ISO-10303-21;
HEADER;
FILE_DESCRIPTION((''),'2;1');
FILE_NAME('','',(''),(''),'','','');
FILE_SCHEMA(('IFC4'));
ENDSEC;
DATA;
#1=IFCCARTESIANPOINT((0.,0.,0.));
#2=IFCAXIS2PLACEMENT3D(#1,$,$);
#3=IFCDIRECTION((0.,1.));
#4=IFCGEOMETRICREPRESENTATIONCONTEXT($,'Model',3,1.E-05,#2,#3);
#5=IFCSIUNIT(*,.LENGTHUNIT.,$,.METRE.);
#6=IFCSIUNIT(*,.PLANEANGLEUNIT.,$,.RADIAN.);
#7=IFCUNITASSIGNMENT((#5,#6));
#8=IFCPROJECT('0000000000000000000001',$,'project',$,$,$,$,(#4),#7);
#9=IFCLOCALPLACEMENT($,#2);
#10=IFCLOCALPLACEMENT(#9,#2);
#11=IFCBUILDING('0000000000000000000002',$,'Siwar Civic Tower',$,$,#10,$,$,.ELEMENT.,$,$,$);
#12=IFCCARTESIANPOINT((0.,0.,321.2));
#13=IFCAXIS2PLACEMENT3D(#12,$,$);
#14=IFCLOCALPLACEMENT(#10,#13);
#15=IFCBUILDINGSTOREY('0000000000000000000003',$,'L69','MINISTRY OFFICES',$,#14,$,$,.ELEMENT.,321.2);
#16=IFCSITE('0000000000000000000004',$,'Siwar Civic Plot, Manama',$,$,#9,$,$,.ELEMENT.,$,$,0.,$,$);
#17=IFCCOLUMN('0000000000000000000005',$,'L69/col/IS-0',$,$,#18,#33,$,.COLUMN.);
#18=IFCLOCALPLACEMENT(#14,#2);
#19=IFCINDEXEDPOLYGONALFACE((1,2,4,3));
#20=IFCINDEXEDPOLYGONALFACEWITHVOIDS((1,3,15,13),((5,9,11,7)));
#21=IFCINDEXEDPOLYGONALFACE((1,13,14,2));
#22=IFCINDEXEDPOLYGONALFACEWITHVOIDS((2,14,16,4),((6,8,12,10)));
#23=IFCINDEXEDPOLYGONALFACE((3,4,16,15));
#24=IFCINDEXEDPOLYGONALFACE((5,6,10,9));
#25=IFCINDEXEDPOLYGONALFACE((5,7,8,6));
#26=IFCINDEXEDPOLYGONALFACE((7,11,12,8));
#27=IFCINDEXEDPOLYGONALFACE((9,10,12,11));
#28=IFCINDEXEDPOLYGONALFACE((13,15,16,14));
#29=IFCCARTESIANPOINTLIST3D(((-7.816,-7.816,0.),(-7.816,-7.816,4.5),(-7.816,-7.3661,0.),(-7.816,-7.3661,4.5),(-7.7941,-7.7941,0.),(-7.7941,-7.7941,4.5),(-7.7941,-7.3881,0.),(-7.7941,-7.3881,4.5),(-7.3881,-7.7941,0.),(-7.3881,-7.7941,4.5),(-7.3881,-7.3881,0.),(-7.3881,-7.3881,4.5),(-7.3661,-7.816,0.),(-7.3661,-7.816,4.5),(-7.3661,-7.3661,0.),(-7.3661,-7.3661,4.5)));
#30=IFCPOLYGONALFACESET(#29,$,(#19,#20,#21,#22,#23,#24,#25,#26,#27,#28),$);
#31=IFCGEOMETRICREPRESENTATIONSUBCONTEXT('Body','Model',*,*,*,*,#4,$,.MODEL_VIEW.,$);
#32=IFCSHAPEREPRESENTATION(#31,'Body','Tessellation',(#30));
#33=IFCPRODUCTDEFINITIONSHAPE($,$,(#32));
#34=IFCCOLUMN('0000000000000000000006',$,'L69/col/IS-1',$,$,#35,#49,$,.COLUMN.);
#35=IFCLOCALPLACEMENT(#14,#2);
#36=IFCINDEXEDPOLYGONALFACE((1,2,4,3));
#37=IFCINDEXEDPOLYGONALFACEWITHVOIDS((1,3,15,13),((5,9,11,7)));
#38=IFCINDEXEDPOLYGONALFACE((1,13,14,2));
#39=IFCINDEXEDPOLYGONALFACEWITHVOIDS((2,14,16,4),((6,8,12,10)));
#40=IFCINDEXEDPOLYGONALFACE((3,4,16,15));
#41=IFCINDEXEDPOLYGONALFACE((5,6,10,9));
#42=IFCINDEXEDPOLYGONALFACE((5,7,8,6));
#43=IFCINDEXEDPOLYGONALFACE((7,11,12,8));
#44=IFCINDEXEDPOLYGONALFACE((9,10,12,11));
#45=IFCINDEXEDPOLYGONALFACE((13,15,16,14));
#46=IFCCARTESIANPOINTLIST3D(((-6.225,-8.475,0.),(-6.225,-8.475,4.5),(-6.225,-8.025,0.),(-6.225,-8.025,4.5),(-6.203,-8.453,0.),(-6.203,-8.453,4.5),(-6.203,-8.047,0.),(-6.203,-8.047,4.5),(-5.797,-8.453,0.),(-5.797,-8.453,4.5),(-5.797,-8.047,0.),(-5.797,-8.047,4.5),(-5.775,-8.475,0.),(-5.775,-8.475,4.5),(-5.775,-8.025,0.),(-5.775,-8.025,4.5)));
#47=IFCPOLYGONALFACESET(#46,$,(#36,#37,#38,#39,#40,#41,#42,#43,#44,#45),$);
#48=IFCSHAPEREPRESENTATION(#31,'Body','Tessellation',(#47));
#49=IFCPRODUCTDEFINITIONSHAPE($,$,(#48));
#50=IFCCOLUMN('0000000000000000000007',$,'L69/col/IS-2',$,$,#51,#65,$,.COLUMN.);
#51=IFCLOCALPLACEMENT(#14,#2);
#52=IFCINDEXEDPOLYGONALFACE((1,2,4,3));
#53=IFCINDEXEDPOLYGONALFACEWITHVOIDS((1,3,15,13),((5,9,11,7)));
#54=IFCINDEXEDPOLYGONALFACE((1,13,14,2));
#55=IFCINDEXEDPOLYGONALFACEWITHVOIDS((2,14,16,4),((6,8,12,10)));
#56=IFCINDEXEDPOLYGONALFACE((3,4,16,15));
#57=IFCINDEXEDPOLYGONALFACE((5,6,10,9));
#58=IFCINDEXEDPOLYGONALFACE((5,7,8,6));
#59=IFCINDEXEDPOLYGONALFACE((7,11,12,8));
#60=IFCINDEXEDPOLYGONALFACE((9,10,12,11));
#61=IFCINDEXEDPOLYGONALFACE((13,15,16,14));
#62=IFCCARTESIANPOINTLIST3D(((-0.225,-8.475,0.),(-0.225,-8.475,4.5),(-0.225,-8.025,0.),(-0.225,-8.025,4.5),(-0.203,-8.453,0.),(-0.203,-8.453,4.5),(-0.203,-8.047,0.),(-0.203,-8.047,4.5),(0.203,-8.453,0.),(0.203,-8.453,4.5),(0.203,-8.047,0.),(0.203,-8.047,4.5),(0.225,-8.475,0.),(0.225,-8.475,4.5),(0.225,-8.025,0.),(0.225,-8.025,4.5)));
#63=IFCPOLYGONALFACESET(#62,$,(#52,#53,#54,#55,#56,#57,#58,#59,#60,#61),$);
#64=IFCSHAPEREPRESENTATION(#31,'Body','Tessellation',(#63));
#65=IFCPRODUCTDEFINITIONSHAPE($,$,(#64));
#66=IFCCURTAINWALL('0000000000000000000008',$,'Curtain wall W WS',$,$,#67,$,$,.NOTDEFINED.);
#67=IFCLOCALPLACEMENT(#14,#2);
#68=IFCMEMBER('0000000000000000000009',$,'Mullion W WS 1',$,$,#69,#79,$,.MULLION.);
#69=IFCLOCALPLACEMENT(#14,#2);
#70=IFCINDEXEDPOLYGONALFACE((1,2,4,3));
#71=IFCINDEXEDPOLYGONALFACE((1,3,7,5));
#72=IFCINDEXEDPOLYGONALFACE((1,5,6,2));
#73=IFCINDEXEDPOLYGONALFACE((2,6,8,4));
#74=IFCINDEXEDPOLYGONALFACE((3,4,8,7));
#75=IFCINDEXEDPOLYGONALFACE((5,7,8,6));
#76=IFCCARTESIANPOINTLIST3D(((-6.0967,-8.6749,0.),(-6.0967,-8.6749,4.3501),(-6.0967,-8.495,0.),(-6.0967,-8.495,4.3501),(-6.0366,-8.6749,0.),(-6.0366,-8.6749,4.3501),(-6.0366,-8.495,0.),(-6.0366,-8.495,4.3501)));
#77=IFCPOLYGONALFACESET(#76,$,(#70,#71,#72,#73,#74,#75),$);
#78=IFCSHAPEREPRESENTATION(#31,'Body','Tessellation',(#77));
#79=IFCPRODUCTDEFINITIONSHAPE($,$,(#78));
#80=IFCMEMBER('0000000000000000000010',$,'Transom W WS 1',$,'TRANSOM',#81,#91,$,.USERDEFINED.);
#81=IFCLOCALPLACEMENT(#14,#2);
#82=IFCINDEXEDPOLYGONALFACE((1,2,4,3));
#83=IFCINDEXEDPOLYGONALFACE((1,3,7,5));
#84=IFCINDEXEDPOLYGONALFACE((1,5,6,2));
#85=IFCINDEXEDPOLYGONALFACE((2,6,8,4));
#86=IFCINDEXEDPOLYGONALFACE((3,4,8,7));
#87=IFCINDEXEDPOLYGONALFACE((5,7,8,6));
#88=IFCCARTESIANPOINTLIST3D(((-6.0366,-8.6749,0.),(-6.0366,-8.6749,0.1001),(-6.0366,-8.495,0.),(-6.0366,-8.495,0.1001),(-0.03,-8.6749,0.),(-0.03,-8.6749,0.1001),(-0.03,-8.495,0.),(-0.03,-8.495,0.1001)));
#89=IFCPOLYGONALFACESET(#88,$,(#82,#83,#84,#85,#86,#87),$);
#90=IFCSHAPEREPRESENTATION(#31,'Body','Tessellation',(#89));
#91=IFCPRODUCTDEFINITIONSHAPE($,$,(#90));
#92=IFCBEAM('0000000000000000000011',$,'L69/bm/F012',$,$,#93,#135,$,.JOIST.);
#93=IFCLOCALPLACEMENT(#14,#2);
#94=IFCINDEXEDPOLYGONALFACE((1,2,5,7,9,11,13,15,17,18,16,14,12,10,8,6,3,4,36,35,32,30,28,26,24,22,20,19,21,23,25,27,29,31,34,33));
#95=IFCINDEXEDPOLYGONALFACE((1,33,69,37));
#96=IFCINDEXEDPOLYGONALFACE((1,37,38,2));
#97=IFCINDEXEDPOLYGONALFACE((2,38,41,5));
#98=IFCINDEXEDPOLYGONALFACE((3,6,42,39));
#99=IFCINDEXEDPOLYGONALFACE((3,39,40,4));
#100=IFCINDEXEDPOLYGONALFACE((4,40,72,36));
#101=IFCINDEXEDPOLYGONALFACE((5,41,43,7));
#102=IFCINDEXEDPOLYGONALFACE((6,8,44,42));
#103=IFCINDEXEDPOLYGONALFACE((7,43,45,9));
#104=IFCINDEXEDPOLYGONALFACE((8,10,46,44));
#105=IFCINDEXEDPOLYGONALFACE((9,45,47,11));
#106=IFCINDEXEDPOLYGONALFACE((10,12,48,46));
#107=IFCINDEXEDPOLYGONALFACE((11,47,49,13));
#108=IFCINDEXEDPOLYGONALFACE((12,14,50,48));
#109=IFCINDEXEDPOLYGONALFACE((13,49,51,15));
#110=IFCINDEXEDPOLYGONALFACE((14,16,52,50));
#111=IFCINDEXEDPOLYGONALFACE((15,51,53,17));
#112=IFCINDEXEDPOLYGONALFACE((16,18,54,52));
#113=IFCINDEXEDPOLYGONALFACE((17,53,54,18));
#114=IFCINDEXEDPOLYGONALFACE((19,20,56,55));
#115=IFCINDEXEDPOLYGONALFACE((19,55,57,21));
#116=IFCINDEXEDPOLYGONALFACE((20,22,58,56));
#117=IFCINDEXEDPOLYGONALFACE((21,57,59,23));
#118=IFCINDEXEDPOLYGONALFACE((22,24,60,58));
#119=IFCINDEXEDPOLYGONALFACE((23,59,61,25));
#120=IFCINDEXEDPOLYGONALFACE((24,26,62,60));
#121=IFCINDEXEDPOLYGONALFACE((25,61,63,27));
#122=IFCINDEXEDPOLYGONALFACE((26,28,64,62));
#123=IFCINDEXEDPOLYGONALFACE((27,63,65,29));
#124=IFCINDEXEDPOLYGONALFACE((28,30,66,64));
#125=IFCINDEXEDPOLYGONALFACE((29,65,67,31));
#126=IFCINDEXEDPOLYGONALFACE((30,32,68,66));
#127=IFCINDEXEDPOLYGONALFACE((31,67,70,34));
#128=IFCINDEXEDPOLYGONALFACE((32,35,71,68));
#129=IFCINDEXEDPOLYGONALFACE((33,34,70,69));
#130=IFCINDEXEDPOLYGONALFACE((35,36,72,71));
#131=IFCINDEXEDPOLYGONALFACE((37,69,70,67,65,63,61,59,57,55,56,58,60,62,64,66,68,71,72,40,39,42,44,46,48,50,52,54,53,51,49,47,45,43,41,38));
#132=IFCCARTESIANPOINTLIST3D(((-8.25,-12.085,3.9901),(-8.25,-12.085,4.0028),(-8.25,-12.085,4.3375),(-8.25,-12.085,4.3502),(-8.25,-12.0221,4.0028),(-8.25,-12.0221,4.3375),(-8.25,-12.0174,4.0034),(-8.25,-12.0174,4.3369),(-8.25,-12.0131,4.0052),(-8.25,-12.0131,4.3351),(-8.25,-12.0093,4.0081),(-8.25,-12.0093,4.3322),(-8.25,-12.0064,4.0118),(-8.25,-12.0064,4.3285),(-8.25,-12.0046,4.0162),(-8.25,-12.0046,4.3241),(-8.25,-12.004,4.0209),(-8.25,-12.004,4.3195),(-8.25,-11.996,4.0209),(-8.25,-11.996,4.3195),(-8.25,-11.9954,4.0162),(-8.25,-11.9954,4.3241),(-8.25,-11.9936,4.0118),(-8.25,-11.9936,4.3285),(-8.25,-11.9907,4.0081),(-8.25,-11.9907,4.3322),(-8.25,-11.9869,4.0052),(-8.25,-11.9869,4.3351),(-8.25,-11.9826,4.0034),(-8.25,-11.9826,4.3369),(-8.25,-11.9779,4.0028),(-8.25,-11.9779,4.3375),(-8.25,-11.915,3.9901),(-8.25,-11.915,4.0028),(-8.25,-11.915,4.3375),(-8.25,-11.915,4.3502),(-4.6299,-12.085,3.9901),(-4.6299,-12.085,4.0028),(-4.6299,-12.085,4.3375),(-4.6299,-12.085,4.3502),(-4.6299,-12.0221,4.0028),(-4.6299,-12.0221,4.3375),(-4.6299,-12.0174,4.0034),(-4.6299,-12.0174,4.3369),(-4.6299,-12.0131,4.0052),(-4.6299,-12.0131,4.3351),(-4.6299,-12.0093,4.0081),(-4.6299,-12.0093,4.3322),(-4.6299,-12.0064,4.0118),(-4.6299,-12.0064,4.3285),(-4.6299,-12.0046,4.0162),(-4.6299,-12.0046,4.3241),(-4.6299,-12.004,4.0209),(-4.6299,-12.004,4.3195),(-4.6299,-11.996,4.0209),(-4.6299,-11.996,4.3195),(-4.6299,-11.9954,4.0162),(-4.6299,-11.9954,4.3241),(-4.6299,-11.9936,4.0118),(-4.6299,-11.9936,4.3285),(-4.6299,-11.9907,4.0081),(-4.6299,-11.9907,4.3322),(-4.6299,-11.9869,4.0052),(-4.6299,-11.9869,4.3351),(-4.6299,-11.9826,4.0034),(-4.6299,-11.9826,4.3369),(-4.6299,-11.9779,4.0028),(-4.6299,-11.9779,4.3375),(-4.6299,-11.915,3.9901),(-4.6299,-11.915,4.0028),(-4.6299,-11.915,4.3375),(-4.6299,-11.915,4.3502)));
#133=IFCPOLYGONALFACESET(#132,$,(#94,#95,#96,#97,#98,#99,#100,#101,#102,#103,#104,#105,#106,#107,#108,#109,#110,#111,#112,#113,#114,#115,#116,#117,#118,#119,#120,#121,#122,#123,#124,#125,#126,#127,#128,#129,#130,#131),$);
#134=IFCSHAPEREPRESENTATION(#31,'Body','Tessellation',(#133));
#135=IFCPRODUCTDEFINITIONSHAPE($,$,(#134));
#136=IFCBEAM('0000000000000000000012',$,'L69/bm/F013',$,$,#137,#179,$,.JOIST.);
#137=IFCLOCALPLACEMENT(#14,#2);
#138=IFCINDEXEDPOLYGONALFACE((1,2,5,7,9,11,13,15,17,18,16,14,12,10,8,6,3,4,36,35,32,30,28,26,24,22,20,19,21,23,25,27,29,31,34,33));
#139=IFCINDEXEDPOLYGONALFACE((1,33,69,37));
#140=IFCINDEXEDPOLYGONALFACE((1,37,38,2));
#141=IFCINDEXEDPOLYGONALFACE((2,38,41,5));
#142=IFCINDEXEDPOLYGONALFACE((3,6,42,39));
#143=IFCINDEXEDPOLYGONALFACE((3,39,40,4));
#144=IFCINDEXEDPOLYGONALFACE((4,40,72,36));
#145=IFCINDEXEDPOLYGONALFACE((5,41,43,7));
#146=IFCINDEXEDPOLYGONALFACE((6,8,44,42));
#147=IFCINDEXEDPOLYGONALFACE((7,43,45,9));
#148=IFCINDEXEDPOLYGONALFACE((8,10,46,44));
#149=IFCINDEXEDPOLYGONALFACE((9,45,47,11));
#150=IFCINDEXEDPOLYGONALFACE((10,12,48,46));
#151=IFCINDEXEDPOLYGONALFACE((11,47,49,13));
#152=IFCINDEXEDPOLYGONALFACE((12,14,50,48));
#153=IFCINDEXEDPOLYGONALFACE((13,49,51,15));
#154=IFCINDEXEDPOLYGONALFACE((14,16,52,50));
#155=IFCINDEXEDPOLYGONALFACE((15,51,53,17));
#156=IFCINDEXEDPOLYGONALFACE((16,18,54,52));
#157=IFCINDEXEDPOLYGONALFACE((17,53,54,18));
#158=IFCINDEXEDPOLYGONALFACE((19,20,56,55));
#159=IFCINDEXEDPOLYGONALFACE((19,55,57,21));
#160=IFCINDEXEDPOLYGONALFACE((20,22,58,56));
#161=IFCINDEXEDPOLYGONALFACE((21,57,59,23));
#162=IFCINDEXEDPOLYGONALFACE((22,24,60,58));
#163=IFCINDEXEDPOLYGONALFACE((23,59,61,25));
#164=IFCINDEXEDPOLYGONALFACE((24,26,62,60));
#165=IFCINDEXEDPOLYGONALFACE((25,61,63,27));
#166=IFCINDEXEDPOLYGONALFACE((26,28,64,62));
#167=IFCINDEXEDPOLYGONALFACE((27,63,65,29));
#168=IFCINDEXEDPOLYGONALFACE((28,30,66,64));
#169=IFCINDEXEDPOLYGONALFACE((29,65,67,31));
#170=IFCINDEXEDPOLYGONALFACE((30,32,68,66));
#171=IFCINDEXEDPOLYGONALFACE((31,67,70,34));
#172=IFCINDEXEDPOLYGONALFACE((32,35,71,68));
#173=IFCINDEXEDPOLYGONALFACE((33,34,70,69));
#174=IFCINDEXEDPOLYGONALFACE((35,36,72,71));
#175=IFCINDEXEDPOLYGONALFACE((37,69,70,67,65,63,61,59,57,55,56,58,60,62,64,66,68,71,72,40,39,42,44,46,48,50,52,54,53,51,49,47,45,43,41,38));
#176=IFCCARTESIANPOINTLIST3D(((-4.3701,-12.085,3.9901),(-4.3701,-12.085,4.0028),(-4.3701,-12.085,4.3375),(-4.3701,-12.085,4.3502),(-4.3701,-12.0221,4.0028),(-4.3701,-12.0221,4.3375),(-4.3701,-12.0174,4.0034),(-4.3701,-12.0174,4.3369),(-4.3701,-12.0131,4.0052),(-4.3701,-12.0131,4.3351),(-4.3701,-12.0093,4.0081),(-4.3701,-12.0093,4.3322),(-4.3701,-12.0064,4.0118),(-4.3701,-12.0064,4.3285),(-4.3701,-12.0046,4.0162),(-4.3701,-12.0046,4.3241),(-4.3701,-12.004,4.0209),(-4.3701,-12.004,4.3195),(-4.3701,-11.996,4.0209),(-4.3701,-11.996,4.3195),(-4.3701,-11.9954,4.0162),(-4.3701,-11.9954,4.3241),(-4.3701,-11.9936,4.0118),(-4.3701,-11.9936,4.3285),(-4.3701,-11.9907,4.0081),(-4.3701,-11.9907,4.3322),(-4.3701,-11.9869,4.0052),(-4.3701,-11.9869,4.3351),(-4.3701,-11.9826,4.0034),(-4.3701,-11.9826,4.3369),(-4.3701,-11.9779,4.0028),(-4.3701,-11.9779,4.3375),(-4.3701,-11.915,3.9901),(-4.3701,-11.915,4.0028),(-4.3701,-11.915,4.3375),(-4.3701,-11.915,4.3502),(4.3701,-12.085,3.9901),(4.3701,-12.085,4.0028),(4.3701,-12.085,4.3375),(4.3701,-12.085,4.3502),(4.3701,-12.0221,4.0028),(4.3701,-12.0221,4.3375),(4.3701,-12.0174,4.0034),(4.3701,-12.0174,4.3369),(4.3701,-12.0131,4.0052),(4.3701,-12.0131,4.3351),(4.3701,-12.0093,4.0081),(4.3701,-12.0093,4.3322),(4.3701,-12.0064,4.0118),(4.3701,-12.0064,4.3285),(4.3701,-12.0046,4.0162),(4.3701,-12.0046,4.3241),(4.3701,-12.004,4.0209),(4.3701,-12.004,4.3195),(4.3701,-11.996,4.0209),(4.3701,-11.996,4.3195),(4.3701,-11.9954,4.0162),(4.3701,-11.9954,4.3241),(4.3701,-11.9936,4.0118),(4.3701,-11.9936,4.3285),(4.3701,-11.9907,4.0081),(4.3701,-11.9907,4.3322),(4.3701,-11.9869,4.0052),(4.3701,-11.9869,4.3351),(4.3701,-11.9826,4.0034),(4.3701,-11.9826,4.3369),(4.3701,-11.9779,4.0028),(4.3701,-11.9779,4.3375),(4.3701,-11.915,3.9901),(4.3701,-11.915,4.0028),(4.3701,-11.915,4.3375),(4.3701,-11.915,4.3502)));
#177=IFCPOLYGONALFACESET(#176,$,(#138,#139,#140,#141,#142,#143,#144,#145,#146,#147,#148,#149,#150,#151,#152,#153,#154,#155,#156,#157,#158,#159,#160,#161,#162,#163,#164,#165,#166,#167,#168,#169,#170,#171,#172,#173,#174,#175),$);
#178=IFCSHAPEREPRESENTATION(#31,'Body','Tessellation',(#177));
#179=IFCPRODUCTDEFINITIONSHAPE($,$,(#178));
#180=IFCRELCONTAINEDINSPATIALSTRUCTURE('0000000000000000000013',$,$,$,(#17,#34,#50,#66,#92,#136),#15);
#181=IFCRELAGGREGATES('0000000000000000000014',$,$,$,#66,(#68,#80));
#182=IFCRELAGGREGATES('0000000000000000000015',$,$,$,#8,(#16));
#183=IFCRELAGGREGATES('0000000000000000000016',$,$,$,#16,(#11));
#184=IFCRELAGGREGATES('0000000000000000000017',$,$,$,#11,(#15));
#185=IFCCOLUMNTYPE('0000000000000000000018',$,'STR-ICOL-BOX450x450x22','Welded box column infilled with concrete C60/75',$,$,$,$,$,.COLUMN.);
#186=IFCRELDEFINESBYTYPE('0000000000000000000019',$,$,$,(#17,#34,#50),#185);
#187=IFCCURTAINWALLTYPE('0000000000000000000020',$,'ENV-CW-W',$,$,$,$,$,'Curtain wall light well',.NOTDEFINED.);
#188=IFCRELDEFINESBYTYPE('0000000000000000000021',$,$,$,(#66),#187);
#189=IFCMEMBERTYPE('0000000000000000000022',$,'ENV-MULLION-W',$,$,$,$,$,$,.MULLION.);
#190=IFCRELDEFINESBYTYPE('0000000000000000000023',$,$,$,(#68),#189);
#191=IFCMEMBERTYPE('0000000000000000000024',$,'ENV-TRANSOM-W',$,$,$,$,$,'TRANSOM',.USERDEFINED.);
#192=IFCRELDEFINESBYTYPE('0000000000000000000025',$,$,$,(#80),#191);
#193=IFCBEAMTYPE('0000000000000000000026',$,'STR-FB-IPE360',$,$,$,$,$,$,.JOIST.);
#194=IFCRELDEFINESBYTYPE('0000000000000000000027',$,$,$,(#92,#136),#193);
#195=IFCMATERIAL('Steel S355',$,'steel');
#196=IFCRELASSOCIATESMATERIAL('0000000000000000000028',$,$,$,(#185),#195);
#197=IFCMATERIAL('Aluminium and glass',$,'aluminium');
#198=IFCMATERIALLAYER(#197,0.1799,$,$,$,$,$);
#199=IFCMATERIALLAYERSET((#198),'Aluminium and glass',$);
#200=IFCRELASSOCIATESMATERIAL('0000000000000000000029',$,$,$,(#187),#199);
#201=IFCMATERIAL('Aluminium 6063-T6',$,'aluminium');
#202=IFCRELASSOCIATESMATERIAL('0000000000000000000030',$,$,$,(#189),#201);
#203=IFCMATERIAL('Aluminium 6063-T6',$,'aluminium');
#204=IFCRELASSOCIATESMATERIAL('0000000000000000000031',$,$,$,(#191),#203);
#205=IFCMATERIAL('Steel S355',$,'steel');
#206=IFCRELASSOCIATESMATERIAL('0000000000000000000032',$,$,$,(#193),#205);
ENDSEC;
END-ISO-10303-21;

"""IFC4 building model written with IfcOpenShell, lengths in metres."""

from ifc_helpers import new_model, si_unit, direction, frame, origin, origin_2d, place, context, subcontext, project, spatial, rectangle, hollow_rectangle, i_section, extrude, material, layer, layer_set, material_profile, profile_set, type_object, element, aggregate, save


model = new_model("IFC4")

# Units and contexts
model_context = context("Model", 3, precision=1e-05, world=origin(), true_north=direction((0.0, 1.0)))
body_context = subcontext(model_context, "Body", "Model", "MODEL_VIEW")
ifc_project = project(units=[si_unit("LENGTHUNIT", "METRE"), si_unit("PLANEANGLEUNIT", "RADIAN")], contexts=[model_context])

# Site, building, storey
site_placement = place(None, origin())
site = spatial("IfcSite", under=ifc_project, at=site_placement, Name="Siwar Civic Plot, Manama", CompositionType="ELEMENT", RefElevation=0.0)
building_placement = place(site_placement, origin())
building = spatial("IfcBuilding", under=site, at=building_placement, Name="Siwar Civic Tower", CompositionType="ELEMENT")
storey_placement = place(building_placement, frame((0.0, 0.0, 321.2)))
storey = spatial("IfcBuildingStorey", under=building, at=storey_placement, Name="L69", Description="MINISTRY OFFICES", CompositionType="ELEMENT", Elevation=321.2)

# Columns
ifc_material_1 = material(Name="Steel S355", Category="steel")
ifc_material_profile_1 = material_profile(ifc_material_1, hollow_rectangle(XDim=0.45, YDim=0.45, WallThickness=0.022, at=origin_2d()), Name="BOX450x450x22")
ifc_profile_set_1 = profile_set([ifc_material_profile_1], Name="Steel S355")
column_type = type_object("IfcColumnType", Name="STR-ICOL-BOX450x450x22", Description="Welded box column infilled with concrete C60/75", PredefinedType="COLUMN", material=ifc_profile_set_1)
for number, where, z_axis, x_axis, name in (
    (1, (-7.5911, -7.5911, 0.0), (0.0, 0.0, 1.0), (1.0, 0.0, 0.0), "L69/col/IS-0"),
    (2, (-6.0, -8.25, 0.0), (0.0, 0.0, 1.0), (1.0, 0.0, 0.0), "L69/col/IS-1"),
    (3, (0.0, -8.25, 0.0), (0.0, 0.0, 1.0), (1.0, 0.0, 0.0), "L69/col/IS-2"),
):
    element("IfcColumn", number, at=place(storey_placement, frame(where, z_axis=z_axis, x_axis=x_axis)), inside=storey, type_object=column_type, Name=name, PredefinedType="COLUMN", context=body_context, shape_type="SweptSolid", body=[
        extrude(hollow_rectangle(XDim=0.45, YDim=0.45, WallThickness=0.022, at=origin_2d()), origin(), (0.0, 0.0, 1.0), 4.5),
    ])

# Curtain wall, members
ifc_material_2 = material(Name="Aluminium and glass", Category="aluminium")
ifc_layer_1 = layer(ifc_material_2, 0.1799)
ifc_layer_set_1 = layer_set([ifc_layer_1], Name="Aluminium and glass")
curtain_wall_type = type_object("IfcCurtainWallType", Name="ENV-CW-W", ElementType="Curtain wall light well", PredefinedType="NOTDEFINED", material=ifc_layer_set_1)
curtain_wall_placement = place(storey_placement, origin())
curtain_wall = element("IfcCurtainWall", 4, at=curtain_wall_placement, inside=storey, type_object=curtain_wall_type, Name="Curtain wall W WS", PredefinedType="NOTDEFINED")
ifc_material_3 = material(Name="Aluminium 6063-T6", Category="aluminium")
ifc_material_profile_2 = material_profile(ifc_material_3, rectangle(XDim=0.1799, YDim=0.0601, at=origin_2d()), Name="AL 180x60")
ifc_profile_set_2 = profile_set([ifc_material_profile_2], Name="Aluminium 6063-T6")
member_type_1 = type_object("IfcMemberType", Name="ENV-MULLION-W", PredefinedType="MULLION", material=ifc_profile_set_2)
member_1_placement = place(storey_placement, frame((-6.0667, -8.585, 0.0), z_axis=(0.0, 0.0, 1.0), x_axis=(0.0, 1.0, 0.0)))
member_1 = element("IfcMember", 5, at=member_1_placement, type_object=member_type_1, Name="Mullion W WS 1", PredefinedType="MULLION", context=body_context, shape_type="SweptSolid", body=[
    extrude(rectangle(XDim=0.1799, YDim=0.0601, at=origin_2d()), origin(), (0.0, 0.0, 1.0), 4.3501),
])
ifc_material_4 = material(Name="Aluminium 6063-T6", Category="aluminium")
ifc_material_profile_3 = material_profile(ifc_material_4, rectangle(XDim=0.1799, YDim=0.1001, at=origin_2d()), Name="AL 180x100")
ifc_profile_set_3 = profile_set([ifc_material_profile_3], Name="Aluminium 6063-T6")
member_type_2 = type_object("IfcMemberType", Name="ENV-TRANSOM-W", ElementType="TRANSOM", PredefinedType="USERDEFINED", material=ifc_profile_set_3)
member_2_placement = place(storey_placement, frame((-6.0366, -8.585, 0.05), z_axis=(1.0, 0.0, 0.0), x_axis=(0.0, 1.0, 0.0)))
member_2 = element("IfcMember", 6, at=member_2_placement, type_object=member_type_2, Name="Transom W WS 1", ObjectType="TRANSOM", PredefinedType="USERDEFINED", context=body_context, shape_type="SweptSolid", body=[
    extrude(rectangle(XDim=0.1799, YDim=0.1001, at=origin_2d()), origin(), (0.0, 0.0, 1.0), 6.0066),
])

# Beams
ifc_material_5 = material(Name="Steel S355", Category="steel")
ifc_material_profile_4 = material_profile(ifc_material_5, i_section(OverallWidth=0.1699, OverallDepth=0.3601, WebThickness=0.0081, FlangeThickness=0.0127, FilletRadius=0.0181, at=origin_2d()), Name="IPE360")
ifc_profile_set_4 = profile_set([ifc_material_profile_4], Name="Steel S355")
beam_type_1 = type_object("IfcBeamType", Name="STR-FB-IPE360", PredefinedType="JOIST", material=ifc_profile_set_4)
beam_1_placement = place(storey_placement, frame((-8.25, -12.0, 4.1702), z_axis=(1.0, 0.0, 0.0), x_axis=(0.0, 1.0, 0.0)))
element("IfcBeam", 7, at=beam_1_placement, inside=storey, type_object=beam_type_1, Name="L69/bm/F012", PredefinedType="JOIST", context=body_context, shape_type="SweptSolid", body=[
    extrude(i_section(OverallWidth=0.1699, OverallDepth=0.3601, WebThickness=0.0081, FlangeThickness=0.0127, FilletRadius=0.0181, at=origin_2d()), origin(), (0.0, 0.0, 1.0), 3.6201),
])
beam_2_placement = place(storey_placement, frame((-4.3701, -12.0, 4.1702), z_axis=(1.0, 0.0, 0.0), x_axis=(0.0, 1.0, 0.0)))
element("IfcBeam", 8, at=beam_2_placement, inside=storey, type_object=beam_type_1, Name="L69/bm/F013", PredefinedType="JOIST", context=body_context, shape_type="SweptSolid", body=[
    extrude(i_section(OverallWidth=0.1699, OverallDepth=0.3601, WebThickness=0.0081, FlangeThickness=0.0127, FilletRadius=0.0181, at=origin_2d()), origin(), (0.0, 0.0, 1.0), 8.7402),
])

aggregate(curtain_wall, [member_1, member_2])

save(model, "model.ifc")
